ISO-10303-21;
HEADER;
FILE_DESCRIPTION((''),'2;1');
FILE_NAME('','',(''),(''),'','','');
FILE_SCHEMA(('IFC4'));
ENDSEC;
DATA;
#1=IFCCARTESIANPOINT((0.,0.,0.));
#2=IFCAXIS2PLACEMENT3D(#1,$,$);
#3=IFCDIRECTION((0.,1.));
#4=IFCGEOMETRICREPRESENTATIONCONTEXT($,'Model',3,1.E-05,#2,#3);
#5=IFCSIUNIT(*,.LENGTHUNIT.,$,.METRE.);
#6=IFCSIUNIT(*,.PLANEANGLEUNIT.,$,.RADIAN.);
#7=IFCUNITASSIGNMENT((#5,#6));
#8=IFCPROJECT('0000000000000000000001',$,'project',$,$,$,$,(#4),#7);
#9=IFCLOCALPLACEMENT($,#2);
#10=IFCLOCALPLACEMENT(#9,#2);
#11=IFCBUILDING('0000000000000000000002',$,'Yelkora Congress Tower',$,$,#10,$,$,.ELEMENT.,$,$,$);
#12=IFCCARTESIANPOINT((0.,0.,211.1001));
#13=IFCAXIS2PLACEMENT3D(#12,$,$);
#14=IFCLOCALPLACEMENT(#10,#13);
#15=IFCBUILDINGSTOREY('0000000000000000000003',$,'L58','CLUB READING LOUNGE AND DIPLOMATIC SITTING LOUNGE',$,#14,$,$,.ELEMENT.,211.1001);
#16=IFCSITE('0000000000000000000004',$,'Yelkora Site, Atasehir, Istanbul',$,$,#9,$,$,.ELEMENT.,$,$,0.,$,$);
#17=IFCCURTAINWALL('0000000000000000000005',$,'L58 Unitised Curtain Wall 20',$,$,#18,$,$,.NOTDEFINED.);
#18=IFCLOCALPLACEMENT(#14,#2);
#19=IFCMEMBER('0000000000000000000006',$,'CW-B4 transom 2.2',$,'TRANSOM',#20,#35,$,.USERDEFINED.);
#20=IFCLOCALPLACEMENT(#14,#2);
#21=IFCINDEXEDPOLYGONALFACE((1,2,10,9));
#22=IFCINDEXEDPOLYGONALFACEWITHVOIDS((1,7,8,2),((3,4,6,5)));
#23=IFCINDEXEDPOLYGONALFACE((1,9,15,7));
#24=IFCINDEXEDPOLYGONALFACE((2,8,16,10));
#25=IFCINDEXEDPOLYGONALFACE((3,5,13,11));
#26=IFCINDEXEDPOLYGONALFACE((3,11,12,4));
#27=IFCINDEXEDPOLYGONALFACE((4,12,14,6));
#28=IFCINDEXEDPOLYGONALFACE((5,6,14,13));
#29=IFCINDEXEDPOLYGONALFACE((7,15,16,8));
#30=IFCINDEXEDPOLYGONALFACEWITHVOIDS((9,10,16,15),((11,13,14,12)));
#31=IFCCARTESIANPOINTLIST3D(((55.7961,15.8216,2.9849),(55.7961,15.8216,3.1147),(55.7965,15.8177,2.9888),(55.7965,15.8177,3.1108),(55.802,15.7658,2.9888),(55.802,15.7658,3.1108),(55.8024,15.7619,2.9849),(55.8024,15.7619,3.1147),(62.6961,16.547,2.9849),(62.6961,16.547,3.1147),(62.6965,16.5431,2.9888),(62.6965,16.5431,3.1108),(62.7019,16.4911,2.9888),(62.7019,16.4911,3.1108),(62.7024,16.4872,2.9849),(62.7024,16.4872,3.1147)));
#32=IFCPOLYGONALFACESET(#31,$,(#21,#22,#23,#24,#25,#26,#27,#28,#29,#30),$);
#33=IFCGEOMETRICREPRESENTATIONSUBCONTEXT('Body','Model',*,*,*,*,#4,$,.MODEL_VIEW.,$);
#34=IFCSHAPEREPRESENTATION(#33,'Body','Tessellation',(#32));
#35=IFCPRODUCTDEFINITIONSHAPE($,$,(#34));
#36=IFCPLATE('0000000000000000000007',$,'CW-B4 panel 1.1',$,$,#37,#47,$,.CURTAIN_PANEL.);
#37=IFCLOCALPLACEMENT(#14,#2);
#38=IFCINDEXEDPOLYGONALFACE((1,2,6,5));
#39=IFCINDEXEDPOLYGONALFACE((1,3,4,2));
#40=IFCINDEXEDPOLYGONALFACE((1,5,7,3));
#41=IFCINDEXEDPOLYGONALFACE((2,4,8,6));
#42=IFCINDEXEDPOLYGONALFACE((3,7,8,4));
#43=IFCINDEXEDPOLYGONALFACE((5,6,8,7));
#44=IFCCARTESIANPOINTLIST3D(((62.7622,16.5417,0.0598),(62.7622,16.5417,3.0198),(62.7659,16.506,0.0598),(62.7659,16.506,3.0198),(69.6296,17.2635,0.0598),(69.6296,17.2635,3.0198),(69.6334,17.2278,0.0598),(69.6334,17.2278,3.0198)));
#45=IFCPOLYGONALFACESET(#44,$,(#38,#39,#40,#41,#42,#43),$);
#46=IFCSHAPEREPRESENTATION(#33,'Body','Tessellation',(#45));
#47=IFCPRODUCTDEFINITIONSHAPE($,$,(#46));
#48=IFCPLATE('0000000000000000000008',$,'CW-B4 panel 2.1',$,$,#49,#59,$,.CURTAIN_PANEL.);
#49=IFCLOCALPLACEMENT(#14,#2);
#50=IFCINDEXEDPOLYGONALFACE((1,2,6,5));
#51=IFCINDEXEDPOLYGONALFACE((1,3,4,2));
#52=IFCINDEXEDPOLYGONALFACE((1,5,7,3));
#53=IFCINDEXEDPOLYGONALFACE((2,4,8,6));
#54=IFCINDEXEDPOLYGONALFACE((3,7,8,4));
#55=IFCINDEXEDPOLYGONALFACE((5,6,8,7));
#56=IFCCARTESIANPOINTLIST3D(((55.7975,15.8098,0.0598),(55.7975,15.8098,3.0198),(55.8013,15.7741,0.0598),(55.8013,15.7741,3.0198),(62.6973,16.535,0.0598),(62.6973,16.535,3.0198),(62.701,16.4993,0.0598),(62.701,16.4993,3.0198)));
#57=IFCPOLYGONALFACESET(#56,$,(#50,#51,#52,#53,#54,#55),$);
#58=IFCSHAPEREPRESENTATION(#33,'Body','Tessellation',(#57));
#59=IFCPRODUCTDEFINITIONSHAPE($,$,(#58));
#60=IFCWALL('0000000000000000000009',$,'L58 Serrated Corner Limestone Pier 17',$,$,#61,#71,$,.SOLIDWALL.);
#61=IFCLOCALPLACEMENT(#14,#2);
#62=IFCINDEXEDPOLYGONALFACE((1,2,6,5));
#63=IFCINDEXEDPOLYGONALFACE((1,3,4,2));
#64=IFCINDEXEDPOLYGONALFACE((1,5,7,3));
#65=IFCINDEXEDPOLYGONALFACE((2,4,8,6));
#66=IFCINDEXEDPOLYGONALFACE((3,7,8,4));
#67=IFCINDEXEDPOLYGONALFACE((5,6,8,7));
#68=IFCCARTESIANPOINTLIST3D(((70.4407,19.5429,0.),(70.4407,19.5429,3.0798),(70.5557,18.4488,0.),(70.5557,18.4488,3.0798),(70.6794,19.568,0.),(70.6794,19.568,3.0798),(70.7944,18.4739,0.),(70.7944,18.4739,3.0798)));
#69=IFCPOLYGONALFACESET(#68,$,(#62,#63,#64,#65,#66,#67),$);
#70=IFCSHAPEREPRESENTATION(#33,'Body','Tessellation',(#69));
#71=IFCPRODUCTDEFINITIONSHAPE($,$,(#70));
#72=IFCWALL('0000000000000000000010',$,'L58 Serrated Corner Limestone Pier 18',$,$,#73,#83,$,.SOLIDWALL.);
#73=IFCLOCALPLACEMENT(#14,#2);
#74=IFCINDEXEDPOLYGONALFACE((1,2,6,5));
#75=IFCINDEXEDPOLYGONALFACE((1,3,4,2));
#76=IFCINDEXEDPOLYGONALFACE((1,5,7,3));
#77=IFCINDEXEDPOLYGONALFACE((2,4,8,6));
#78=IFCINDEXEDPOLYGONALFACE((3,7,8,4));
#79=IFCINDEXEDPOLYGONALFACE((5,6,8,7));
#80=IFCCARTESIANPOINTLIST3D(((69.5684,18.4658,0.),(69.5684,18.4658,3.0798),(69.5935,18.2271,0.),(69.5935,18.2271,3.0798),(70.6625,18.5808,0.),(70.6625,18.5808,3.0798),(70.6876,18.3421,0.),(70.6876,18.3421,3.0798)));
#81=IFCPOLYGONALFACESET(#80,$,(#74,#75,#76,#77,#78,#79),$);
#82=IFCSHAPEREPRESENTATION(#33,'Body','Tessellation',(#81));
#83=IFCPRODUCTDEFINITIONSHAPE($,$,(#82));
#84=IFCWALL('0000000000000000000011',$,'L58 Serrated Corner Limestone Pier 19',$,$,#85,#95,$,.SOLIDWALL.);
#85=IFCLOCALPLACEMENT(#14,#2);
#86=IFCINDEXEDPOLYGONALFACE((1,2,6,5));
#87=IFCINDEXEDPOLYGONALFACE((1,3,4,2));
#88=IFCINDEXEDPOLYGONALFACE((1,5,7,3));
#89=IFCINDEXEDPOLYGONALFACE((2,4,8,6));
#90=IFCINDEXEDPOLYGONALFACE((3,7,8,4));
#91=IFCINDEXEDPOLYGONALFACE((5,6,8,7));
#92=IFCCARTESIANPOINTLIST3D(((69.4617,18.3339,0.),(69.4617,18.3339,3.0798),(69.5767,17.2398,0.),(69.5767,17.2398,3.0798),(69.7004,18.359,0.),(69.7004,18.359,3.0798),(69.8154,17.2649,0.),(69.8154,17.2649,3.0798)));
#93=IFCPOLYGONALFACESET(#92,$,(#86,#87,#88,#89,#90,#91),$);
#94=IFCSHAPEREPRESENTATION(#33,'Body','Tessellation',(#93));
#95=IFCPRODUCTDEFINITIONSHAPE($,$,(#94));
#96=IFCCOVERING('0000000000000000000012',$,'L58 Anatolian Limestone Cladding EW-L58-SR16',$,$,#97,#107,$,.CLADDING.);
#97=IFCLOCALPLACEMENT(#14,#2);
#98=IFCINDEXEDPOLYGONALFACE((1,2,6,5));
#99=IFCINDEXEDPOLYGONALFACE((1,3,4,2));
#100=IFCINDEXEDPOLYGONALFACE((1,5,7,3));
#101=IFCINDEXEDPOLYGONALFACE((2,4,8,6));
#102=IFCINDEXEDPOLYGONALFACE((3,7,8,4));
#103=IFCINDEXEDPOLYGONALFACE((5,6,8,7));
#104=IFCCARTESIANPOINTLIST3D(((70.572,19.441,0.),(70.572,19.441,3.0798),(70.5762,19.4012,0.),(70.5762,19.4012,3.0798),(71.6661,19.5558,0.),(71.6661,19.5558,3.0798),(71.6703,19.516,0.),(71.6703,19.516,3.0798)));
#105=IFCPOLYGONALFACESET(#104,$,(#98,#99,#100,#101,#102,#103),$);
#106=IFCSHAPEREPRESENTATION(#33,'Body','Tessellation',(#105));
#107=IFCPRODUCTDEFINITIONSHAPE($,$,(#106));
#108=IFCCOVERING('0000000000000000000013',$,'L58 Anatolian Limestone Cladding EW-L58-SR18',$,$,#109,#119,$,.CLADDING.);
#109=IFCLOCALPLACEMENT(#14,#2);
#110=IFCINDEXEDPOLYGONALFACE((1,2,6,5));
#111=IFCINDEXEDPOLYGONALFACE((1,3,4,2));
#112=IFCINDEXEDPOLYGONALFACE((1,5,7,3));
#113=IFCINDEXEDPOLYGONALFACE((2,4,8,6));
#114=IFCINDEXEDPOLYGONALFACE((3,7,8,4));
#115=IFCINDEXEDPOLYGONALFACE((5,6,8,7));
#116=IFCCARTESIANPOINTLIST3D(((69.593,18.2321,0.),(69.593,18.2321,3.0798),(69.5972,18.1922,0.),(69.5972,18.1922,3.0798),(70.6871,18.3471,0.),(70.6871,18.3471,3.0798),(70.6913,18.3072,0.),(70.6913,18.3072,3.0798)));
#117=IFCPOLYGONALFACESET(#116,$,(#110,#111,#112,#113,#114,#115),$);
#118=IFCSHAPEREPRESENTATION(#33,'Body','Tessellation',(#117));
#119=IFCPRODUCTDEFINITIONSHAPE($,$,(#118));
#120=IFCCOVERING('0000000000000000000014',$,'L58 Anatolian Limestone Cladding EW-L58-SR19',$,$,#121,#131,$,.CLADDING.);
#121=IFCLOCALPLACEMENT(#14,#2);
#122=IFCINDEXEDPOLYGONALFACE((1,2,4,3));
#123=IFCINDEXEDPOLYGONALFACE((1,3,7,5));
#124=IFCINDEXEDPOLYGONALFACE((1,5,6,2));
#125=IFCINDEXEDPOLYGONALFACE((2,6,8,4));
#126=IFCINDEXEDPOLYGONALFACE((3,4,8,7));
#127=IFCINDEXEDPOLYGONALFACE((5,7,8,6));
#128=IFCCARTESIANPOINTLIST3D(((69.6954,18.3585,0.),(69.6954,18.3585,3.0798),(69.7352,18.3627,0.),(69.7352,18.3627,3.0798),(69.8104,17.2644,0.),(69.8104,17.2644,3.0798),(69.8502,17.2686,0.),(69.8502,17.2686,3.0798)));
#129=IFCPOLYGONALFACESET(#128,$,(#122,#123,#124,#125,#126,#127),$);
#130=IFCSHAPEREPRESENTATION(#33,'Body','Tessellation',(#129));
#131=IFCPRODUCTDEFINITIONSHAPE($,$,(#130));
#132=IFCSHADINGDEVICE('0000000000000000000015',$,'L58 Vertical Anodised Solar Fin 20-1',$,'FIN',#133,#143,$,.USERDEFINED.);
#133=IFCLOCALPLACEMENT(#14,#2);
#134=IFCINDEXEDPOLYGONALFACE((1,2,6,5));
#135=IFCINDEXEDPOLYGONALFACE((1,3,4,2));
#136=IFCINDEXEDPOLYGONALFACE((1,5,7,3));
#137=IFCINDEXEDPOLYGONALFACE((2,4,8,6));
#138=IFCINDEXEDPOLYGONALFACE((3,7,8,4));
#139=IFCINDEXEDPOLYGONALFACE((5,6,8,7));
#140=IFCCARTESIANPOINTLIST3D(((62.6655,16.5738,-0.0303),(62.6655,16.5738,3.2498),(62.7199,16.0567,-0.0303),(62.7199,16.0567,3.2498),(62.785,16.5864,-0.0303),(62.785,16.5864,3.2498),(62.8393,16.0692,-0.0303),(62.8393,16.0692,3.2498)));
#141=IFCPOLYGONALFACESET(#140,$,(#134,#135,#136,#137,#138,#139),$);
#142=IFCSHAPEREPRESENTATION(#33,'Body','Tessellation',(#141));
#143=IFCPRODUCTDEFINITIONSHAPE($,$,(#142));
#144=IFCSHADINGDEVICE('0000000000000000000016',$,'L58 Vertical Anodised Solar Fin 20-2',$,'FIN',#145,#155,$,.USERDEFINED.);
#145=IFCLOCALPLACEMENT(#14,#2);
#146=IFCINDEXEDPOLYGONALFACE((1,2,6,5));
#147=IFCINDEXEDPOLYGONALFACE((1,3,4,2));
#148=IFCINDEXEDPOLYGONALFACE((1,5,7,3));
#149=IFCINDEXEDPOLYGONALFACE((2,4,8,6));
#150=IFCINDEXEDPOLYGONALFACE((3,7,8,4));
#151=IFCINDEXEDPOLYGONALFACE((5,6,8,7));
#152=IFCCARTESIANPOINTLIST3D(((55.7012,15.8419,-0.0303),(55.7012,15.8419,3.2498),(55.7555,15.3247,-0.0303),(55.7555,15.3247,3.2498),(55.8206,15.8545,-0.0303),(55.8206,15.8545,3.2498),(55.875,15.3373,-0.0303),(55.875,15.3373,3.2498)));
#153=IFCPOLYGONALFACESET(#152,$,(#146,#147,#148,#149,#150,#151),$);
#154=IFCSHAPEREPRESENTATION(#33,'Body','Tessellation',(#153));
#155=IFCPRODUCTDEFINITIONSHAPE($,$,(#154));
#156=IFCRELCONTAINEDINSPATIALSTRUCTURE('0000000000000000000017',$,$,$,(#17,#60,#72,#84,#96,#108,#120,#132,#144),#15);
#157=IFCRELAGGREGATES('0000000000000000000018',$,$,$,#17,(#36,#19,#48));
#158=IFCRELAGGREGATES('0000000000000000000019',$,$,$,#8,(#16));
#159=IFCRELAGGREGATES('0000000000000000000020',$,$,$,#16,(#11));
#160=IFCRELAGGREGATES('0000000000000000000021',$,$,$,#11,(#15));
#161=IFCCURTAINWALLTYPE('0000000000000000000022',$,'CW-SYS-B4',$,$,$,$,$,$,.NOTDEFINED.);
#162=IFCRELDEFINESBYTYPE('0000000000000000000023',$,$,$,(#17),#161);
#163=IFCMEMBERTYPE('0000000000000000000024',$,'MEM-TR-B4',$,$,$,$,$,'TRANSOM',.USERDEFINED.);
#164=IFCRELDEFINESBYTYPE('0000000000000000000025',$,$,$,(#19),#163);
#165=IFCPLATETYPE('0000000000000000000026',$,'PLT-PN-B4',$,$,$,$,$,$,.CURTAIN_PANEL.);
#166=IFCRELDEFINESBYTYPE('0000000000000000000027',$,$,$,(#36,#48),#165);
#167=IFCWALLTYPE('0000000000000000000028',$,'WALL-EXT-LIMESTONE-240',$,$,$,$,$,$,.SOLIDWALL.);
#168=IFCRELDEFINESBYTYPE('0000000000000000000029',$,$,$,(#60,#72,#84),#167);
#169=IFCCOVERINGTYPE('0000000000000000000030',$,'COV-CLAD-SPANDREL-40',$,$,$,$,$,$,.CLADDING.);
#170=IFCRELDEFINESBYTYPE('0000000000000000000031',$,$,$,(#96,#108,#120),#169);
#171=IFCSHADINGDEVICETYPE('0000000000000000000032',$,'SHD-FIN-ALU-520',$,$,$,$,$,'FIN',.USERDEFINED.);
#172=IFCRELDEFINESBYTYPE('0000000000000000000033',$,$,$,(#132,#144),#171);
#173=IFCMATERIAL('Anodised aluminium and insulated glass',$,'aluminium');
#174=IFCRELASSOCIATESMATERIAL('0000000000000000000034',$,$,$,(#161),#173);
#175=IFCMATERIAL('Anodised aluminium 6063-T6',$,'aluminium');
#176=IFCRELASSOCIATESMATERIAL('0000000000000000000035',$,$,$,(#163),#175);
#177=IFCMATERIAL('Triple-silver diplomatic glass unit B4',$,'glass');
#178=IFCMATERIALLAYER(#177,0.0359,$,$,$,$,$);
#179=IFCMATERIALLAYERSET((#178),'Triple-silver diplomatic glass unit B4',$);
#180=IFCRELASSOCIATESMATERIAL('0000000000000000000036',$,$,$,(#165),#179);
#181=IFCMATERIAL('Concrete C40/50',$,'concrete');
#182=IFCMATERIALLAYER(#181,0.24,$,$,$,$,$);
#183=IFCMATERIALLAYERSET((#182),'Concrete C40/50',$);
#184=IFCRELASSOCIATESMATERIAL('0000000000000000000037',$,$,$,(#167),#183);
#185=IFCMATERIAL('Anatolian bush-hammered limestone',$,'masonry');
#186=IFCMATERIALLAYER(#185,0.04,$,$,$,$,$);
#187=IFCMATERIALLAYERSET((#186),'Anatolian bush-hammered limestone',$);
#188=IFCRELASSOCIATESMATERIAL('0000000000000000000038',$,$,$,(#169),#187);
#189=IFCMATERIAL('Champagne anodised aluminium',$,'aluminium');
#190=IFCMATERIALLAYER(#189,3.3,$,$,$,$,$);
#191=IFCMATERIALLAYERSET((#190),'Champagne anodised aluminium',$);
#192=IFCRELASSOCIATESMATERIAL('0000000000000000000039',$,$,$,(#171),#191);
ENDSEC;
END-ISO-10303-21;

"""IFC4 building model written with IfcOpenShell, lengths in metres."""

from ifc_helpers import new_model, si_unit, direction, frame, frame_2d, origin, origin_2d, place, context, subcontext, project, spatial, rectangle, hollow_rectangle, extrude, material, layer, layer_set, material_profile, profile_set, type_object, element, aggregate, save


model = new_model("IFC4")

# Units and contexts
model_context = context("Model", 3, precision=1e-05, world=origin(), true_north=direction((0.0, 1.0)))
body_context = subcontext(model_context, "Body", "Model", "MODEL_VIEW")
ifc_project = project(units=[si_unit("LENGTHUNIT", "METRE"), si_unit("PLANEANGLEUNIT", "RADIAN")], contexts=[model_context])

# Site, building, storey
site_placement = place(None, origin())
site = spatial("IfcSite", under=ifc_project, at=site_placement, Name="Yelkora Site, Atasehir, Istanbul", CompositionType="ELEMENT", RefElevation=0.0)
building_placement = place(site_placement, origin())
building = spatial("IfcBuilding", under=site, at=building_placement, Name="Yelkora Congress Tower", CompositionType="ELEMENT")
storey_placement = place(building_placement, frame((0.0, 0.0, 211.1001)))
storey = spatial("IfcBuildingStorey", under=building, at=storey_placement, Name="L58", Description="CLUB READING LOUNGE AND DIPLOMATIC SITTING LOUNGE", CompositionType="ELEMENT", Elevation=211.1001)

# Curtain wall, member, plates
ifc_material_1 = material(Name="Anodised aluminium and insulated glass", Category="aluminium")
curtain_wall_type = type_object("IfcCurtainWallType", Name="CW-SYS-B4", PredefinedType="NOTDEFINED", material=ifc_material_1)
curtain_wall_placement = place(storey_placement, origin())
curtain_wall = element("IfcCurtainWall", 1, at=curtain_wall_placement, inside=storey, type_object=curtain_wall_type, Name="L58 Unitised Curtain Wall 20", PredefinedType="NOTDEFINED")
ifc_material_2 = material(Name="Anodised aluminium 6063-T6", Category="aluminium")
ifc_material_profile_1 = material_profile(ifc_material_2, hollow_rectangle(XDim=0.0601, YDim=0.1299, WallThickness=0.0039, at=origin_2d()), Name="ALU 60x130x4")
ifc_profile_set_1 = profile_set([ifc_material_profile_1], Name="Anodised aluminium 6063-T6")
member_type_1 = type_object("IfcMemberType", Name="MEM-TR-B4", ElementType="TRANSOM", PredefinedType="USERDEFINED", material=ifc_profile_set_1)
member_1_placement = place(storey_placement, frame((62.6992, 16.5171, 3.0498), z_axis=(-0.99452, -0.104547, 0.0), x_axis=(0.104547, -0.99452, 0.0)))
member_1 = element("IfcMember", 2, at=member_1_placement, type_object=member_type_1, Name="CW-B4 transom 2.2", ObjectType="TRANSOM", PredefinedType="USERDEFINED", context=body_context, shape_type="SweptSolid", body=[
    extrude(hollow_rectangle(XDim=0.0601, YDim=0.1299, WallThickness=0.0039, at=origin_2d()), origin(), (0.0, 0.0, 1.0), 6.938),
])
ifc_material_3 = material(Name="Triple-silver diplomatic glass unit B4", Category="glass")
ifc_layer_1 = layer(ifc_material_3, 0.0359)
ifc_layer_set_1 = layer_set([ifc_layer_1], Name="Triple-silver diplomatic glass unit B4")
plate_type = type_object("IfcPlateType", Name="PLT-PN-B4", PredefinedType="CURTAIN_PANEL", material=ifc_layer_set_1)
plate_1_placement = place(storey_placement, frame((66.1978, 16.8848, 0.0598), z_axis=(0.0, 0.0, 1.0), x_axis=(-0.994522, -0.104527, 0.0)))
plate_1 = element("IfcPlate", 3, at=plate_1_placement, type_object=plate_type, Name="CW-B4 panel 1.1", PredefinedType="CURTAIN_PANEL", context=body_context, shape_type="SweptSolid", body=[
    extrude(rectangle(XDim=6.9053, YDim=0.0359, at=origin_2d()), origin(), (0.0, 0.0, 1.0), 2.96),
])
plate_2_placement = place(storey_placement, frame((59.2493, 16.1545, 0.0598), z_axis=(0.0, 0.0, 1.0), x_axis=(-0.994522, -0.104527, 0.0)))
plate_2 = element("IfcPlate", 4, at=plate_2_placement, type_object=plate_type, Name="CW-B4 panel 2.1", PredefinedType="CURTAIN_PANEL", context=body_context, shape_type="SweptSolid", body=[
    extrude(rectangle(XDim=6.9377, YDim=0.0359, at=origin_2d()), origin(), (0.0, 0.0, 1.0), 2.96),
])
aggregate(curtain_wall, [plate_1, member_1, plate_2])

# Walls
ifc_material_4 = material(Name="Concrete C40/50", Category="concrete")
ifc_layer_2 = layer(ifc_material_4, 0.24)
ifc_layer_set_2 = layer_set([ifc_layer_2], Name="Concrete C40/50")
wall_type = type_object("IfcWallType", Name="WALL-EXT-LIMESTONE-240", PredefinedType="SOLIDWALL", material=ifc_layer_set_2)
for number, where, z_axis, x_axis, name in (
    (5, (70.5601, 19.5554, 0.0), (0.0, 0.0, 1.0), (0.104535, -0.994521, 0.0), "L58 Serrated Corner Limestone Pier 17"),
    (6, (70.675, 18.4614, 0.0), (0.0, 0.0, 1.0), (-0.994521, -0.104535, 0.0), "L58 Serrated Corner Limestone Pier 18"),
    (7, (69.5811, 18.3464, 0.0), (0.0, 0.0, 1.0), (0.104535, -0.994521, 0.0), "L58 Serrated Corner Limestone Pier 19"),
):
    element("IfcWall", number, at=place(storey_placement, frame(where, z_axis=z_axis, x_axis=x_axis)), inside=storey, type_object=wall_type, Name=name, PredefinedType="SOLIDWALL", context=body_context, shape_type="SweptSolid", body=[
        extrude(rectangle(XDim=1.1001, YDim=0.24, at=frame_2d((0.55, 0.0))), origin(), (0.0, 0.0, 1.0), 3.0798),
    ])

# Coverings
ifc_material_5 = material(Name="Anatolian bush-hammered limestone", Category="masonry")
ifc_layer_3 = layer(ifc_material_5, 0.04)
ifc_layer_set_3 = layer_set([ifc_layer_3], Name="Anatolian bush-hammered limestone")
covering_type = type_object("IfcCoveringType", Name="COV-CLAD-SPANDREL-40", PredefinedType="CLADDING", material=ifc_layer_set_3)
for number, where, z_axis, x_axis, name in (
    (8, (71.6682, 19.5359, 0.0), (0.0, 0.0, 1.0), (-0.994544, -0.104315, 0.0), "L58 Anatolian Limestone Cladding EW-L58-SR16"),
    (9, (70.6892, 18.3271, 0.0), (0.0, 0.0, 1.0), (-0.994521, -0.104535, 0.0), "L58 Anatolian Limestone Cladding EW-L58-SR18"),
    (10, (69.7153, 18.3606, 0.0), (0.0, 0.0, 1.0), (0.104535, -0.994521, 0.0), "L58 Anatolian Limestone Cladding EW-L58-SR19"),
):
    element("IfcCovering", number, at=place(storey_placement, frame(where, z_axis=z_axis, x_axis=x_axis)), inside=storey, type_object=covering_type, Name=name, PredefinedType="CLADDING", context=body_context, shape_type="SweptSolid", body=[
        extrude(rectangle(XDim=1.1001, YDim=0.04, at=frame_2d((0.55, 0.0))), origin(), (0.0, 0.0, 1.0), 3.0798),
    ])

# Shading devices
ifc_material_6 = material(Name="Champagne anodised aluminium", Category="aluminium")
ifc_layer_4 = layer(ifc_material_6, 3.3)
ifc_layer_set_4 = layer_set([ifc_layer_4], Name="Champagne anodised aluminium")
shading_device_type = type_object("IfcShadingDeviceType", Name="SHD-FIN-ALU-520", ElementType="FIN", PredefinedType="USERDEFINED", material=ifc_layer_set_4)
for number, where, z_axis, x_axis, name in (
    (11, (62.7524, 16.3215, -0.0303), (0.0, 0.0, 1.0), (-0.994522, -0.104528, 0.0), "L58 Vertical Anodised Solar Fin 20-1"),
    (12, (55.7881, 15.5896, -0.0303), (0.0, 0.0, 1.0), (-0.994522, -0.104528, 0.0), "L58 Vertical Anodised Solar Fin 20-2"),
):
    element("IfcShadingDevice", number, at=place(storey_placement, frame(where, z_axis=z_axis, x_axis=x_axis)), inside=storey, type_object=shading_device_type, Name=name, ObjectType="FIN", PredefinedType="USERDEFINED", context=body_context, shape_type="SweptSolid", body=[
        extrude(rectangle(XDim=0.1201, YDim=0.52, at=origin_2d()), origin(), (0.0, 0.0, 1.0), 3.28),
    ])

save(model, "model.ifc")
